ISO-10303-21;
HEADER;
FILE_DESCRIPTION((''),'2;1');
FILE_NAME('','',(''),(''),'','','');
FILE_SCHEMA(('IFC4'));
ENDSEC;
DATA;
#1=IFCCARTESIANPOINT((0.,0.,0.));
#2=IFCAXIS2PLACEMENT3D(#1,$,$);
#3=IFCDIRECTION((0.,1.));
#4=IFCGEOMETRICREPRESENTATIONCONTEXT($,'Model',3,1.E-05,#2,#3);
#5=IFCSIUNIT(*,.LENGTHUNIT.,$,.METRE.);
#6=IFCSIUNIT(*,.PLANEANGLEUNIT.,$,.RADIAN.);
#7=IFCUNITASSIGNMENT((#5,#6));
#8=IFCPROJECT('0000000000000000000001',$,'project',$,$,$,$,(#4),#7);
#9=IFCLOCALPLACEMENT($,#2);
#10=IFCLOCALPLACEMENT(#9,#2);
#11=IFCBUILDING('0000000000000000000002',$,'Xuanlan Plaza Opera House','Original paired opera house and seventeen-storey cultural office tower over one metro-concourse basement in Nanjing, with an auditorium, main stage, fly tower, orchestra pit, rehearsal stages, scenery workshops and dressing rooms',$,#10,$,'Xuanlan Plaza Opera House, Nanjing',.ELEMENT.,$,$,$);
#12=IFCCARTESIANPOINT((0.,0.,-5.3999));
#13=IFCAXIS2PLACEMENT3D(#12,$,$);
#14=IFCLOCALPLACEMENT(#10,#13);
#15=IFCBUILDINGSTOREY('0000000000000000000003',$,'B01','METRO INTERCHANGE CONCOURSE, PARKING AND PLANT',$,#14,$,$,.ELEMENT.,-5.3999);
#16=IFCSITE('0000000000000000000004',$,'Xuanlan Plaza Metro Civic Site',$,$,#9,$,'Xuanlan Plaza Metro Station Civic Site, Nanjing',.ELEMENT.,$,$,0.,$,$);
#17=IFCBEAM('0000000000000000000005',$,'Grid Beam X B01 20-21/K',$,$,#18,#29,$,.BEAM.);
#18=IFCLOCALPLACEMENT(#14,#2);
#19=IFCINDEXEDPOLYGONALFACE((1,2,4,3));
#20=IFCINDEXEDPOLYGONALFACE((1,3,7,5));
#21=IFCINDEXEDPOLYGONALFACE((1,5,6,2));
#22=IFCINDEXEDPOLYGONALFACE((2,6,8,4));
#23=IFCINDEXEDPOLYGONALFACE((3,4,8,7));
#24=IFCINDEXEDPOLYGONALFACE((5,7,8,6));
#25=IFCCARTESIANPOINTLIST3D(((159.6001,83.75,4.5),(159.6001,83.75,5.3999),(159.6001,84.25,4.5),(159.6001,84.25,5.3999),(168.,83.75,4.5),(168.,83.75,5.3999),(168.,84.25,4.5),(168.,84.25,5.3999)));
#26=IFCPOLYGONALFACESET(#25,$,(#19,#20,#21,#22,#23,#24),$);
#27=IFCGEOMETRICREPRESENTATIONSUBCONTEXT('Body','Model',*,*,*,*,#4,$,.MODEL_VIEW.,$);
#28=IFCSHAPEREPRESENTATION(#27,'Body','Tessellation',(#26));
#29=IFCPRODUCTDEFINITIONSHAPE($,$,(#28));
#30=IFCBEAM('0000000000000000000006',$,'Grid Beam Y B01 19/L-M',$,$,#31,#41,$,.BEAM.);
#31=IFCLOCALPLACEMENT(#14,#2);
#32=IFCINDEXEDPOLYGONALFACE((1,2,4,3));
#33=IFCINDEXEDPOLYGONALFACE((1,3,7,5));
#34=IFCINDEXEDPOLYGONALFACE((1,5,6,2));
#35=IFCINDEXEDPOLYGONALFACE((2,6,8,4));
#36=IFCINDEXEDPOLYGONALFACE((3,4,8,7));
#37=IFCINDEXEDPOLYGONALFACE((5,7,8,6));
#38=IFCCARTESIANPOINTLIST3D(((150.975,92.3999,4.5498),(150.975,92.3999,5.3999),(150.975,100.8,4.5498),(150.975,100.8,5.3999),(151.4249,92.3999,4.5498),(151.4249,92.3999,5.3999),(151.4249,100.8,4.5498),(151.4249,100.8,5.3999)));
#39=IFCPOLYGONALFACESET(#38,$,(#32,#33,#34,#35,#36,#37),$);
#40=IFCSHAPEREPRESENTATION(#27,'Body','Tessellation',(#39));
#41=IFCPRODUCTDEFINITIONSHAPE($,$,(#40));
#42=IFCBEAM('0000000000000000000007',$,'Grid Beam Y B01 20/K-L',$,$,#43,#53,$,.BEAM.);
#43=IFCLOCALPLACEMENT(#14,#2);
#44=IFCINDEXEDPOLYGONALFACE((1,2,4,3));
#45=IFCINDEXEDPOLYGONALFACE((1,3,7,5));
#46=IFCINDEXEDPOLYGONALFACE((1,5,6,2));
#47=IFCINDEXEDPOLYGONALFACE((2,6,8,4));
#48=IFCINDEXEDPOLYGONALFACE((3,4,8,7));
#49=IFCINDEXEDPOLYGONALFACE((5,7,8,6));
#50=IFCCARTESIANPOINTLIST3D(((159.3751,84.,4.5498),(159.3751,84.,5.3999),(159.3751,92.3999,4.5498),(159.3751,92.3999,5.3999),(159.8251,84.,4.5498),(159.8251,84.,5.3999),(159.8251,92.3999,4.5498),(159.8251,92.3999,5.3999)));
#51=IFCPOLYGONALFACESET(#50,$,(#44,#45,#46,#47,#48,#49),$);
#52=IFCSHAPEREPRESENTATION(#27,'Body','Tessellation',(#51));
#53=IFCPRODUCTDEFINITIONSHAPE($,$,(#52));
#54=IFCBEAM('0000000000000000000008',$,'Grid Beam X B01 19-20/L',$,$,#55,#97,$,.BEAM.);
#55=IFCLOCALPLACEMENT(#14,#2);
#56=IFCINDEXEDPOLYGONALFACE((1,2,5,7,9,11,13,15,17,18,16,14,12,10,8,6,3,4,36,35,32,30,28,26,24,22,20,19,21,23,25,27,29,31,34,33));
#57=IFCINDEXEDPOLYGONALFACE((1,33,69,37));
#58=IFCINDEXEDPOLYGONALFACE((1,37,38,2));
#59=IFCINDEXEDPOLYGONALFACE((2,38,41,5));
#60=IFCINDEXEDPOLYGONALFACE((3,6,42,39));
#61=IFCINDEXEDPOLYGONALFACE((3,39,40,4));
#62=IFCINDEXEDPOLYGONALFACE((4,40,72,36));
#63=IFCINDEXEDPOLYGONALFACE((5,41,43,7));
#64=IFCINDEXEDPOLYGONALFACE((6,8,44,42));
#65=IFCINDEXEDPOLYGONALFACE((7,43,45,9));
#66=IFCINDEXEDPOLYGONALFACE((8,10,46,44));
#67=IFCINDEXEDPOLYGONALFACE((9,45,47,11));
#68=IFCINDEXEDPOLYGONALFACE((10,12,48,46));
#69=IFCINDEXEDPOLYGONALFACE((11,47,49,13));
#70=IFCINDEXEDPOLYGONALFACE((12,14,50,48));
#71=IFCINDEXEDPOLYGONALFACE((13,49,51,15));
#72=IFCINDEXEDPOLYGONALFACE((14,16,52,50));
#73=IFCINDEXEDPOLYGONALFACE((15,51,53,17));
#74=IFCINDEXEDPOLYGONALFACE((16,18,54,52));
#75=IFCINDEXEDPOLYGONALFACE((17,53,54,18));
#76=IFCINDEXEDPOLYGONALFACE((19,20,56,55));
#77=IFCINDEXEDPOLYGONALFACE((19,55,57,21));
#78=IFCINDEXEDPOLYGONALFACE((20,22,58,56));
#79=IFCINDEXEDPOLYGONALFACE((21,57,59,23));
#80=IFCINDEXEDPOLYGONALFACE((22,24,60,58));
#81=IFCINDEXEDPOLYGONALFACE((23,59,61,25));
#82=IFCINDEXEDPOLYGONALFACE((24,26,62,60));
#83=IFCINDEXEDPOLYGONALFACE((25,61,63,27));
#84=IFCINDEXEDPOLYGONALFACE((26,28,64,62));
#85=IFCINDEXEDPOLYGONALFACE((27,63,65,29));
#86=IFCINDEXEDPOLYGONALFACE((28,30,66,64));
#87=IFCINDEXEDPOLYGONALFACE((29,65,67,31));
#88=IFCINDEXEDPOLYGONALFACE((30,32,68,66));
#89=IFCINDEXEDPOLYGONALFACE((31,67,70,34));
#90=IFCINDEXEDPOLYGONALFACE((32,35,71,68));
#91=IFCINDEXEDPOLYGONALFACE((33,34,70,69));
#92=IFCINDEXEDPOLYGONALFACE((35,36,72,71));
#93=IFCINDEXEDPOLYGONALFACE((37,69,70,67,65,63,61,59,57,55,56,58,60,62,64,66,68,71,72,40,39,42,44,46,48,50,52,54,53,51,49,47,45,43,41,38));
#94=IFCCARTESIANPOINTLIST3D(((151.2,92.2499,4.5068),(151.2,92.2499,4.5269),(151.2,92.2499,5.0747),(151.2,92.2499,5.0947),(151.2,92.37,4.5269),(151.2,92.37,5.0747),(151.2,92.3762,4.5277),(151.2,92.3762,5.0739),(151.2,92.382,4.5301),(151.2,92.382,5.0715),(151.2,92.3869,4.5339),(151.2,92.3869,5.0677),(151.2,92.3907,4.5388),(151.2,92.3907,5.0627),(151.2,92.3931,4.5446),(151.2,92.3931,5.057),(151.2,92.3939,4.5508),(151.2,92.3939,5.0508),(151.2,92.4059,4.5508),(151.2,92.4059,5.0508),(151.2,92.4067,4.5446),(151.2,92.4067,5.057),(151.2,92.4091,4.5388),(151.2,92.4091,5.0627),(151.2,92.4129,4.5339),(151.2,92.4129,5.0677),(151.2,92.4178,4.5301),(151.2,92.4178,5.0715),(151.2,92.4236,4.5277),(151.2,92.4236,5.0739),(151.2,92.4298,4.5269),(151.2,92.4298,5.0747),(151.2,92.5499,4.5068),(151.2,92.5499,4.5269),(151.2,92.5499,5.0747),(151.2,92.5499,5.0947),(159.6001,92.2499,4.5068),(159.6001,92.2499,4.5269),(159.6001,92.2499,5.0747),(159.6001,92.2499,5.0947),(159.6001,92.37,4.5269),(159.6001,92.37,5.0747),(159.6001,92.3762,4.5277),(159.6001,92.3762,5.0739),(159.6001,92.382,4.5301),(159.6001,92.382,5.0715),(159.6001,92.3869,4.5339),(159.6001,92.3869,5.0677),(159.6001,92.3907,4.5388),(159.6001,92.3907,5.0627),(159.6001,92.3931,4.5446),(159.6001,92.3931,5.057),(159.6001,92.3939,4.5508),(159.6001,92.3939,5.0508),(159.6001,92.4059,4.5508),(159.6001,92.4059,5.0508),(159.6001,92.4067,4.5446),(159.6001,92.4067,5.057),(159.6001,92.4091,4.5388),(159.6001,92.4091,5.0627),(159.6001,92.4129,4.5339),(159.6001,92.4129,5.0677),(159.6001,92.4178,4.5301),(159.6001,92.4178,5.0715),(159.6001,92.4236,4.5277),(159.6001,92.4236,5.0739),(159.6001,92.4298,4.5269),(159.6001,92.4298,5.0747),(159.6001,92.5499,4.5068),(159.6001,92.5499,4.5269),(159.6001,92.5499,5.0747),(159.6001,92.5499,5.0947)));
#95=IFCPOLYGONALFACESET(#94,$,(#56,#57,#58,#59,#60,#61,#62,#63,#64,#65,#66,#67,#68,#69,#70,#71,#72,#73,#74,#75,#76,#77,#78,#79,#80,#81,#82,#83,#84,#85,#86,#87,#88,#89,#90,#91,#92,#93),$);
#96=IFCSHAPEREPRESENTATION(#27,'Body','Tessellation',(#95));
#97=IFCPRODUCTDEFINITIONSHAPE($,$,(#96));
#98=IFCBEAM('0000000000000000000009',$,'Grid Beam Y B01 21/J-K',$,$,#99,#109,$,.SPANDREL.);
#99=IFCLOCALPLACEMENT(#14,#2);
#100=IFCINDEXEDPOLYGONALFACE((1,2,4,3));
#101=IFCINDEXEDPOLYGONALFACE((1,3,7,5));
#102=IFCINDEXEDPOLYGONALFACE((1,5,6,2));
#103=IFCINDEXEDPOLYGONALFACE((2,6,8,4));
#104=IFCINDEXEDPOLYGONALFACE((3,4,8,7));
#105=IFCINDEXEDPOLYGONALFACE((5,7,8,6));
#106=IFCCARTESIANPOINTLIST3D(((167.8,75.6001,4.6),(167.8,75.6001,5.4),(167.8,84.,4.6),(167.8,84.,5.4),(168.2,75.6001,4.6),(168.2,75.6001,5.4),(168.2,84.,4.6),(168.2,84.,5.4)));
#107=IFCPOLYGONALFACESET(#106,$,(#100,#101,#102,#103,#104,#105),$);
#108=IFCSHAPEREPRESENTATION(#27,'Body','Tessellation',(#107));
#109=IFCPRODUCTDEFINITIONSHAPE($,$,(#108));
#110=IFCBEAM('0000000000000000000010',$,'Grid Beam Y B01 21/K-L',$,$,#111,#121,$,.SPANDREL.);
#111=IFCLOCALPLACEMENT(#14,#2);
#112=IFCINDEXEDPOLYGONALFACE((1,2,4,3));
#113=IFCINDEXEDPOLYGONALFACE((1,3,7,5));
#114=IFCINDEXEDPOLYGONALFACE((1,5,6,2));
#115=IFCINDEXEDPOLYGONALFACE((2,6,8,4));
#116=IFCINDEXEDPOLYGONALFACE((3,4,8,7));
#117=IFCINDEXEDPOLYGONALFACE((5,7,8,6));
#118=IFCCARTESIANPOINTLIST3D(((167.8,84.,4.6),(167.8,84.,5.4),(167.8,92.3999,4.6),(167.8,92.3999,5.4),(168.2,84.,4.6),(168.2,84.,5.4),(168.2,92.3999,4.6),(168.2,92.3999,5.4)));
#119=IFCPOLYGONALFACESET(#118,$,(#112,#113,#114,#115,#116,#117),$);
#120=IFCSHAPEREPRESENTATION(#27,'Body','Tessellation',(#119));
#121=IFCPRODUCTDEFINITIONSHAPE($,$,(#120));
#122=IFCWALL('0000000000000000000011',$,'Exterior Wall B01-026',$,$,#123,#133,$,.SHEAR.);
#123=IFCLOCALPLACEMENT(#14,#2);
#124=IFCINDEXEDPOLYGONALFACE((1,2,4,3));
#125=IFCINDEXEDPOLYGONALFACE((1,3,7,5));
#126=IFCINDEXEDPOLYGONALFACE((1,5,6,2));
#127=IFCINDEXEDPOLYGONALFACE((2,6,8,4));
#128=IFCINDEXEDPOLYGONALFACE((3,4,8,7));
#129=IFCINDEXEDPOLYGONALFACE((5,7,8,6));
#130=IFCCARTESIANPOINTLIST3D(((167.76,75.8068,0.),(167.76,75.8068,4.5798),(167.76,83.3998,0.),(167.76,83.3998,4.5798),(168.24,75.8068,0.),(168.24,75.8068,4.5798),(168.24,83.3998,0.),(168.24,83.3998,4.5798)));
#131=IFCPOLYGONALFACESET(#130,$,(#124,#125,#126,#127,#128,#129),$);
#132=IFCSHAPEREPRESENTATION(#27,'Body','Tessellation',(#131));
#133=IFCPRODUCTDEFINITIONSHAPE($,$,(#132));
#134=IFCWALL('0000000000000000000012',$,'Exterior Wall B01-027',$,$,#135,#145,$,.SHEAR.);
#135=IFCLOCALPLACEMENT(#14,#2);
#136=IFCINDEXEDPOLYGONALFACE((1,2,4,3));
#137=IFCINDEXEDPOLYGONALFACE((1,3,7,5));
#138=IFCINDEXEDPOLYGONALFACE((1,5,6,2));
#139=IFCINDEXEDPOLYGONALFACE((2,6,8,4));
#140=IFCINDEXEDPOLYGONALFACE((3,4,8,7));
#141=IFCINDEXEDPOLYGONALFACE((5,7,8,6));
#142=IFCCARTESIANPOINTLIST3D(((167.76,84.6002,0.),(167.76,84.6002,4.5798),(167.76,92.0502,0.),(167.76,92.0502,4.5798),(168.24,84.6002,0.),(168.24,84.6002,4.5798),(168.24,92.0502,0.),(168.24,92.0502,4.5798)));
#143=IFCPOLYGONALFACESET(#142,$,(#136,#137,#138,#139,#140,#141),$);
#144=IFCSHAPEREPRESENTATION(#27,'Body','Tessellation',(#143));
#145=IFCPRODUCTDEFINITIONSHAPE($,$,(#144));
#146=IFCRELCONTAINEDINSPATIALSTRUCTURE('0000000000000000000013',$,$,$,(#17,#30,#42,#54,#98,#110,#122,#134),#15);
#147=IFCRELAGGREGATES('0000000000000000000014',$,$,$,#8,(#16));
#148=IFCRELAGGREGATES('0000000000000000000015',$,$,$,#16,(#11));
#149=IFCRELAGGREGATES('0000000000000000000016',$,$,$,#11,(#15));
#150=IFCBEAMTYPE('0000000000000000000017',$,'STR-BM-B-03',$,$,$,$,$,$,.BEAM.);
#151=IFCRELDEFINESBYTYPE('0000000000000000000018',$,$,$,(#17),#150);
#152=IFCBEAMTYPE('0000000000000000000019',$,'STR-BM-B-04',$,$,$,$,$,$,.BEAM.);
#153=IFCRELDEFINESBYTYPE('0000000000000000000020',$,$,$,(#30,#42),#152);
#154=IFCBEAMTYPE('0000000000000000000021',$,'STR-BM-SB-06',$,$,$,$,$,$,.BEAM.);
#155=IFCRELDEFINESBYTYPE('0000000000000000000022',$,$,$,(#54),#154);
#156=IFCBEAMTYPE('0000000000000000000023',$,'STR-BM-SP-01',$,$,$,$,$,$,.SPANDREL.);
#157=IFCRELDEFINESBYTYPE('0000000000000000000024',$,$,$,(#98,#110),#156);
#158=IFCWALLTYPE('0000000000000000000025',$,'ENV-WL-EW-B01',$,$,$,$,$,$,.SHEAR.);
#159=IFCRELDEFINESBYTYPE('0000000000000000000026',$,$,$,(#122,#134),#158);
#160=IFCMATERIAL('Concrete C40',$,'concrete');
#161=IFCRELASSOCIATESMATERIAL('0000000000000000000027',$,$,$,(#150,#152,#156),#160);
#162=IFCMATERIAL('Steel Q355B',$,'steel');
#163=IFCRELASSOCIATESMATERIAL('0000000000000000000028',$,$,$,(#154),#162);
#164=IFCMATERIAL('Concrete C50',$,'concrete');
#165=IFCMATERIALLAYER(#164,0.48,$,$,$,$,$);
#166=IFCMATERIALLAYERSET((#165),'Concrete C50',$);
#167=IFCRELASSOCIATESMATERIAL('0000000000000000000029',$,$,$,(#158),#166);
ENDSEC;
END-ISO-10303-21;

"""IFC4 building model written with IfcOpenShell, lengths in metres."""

from ifc_helpers import new_model, si_unit, direction, frame, frame_2d, origin, origin_2d, place, context, subcontext, project, spatial, rectangle, i_section, extrude, material, layer, layer_set, material_profile, profile_set, type_object, element, save


model = new_model("IFC4")

# Units and contexts
model_context = context("Model", 3, precision=1e-05, world=origin(), true_north=direction((0.0, 1.0)))
body_context = subcontext(model_context, "Body", "Model", "MODEL_VIEW")
ifc_project = project(units=[si_unit("LENGTHUNIT", "METRE"), si_unit("PLANEANGLEUNIT", "RADIAN")], contexts=[model_context])

# Site, building, storey
site_placement = place(None, origin())
site = spatial("IfcSite", under=ifc_project, at=site_placement, Name="Xuanlan Plaza Metro Civic Site", LongName="Xuanlan Plaza Metro Station Civic Site, Nanjing", CompositionType="ELEMENT", RefElevation=0.0)
building_placement = place(site_placement, origin())
building = spatial("IfcBuilding", under=site, at=building_placement, Name="Xuanlan Plaza Opera House", Description="Original paired opera house and seventeen-storey cultural office tower over one metro-concourse basement in Nanjing, with an auditorium, main stage, fly tower, orchestra pit, rehearsal stages, scenery workshops and dressing rooms", LongName="Xuanlan Plaza Opera House, Nanjing", CompositionType="ELEMENT")
storey_placement = place(building_placement, frame((0.0, 0.0, -5.3999)))
storey = spatial("IfcBuildingStorey", under=building, at=storey_placement, Name="B01", Description="METRO INTERCHANGE CONCOURSE, PARKING AND PLANT", CompositionType="ELEMENT", Elevation=-5.3999)

# Shared definitions
ifc_material_1 = material(Name="Concrete C40", Category="concrete")
ifc_material_2 = material(Name="Concrete C50", Category="concrete")

# Beams
ifc_material_profile_1 = material_profile(ifc_material_1, rectangle(XDim=0.5, YDim=0.8999, at=origin_2d()), Name="RC-BM 500x900")
ifc_profile_set_1 = profile_set([ifc_material_profile_1], Name="Concrete C40")
beam_type_1 = type_object("IfcBeamType", Name="STR-BM-B-03", PredefinedType="BEAM", material=ifc_profile_set_1)
beam_1_placement = place(storey_placement, frame((159.6001, 84.0, 4.95), z_axis=(1.0, 0.0, 0.0), x_axis=(0.0, 1.0, 0.0)))
element("IfcBeam", 1, at=beam_1_placement, inside=storey, type_object=beam_type_1, Name="Grid Beam X B01 20-21/K", PredefinedType="BEAM", context=body_context, shape_type="SweptSolid", body=[
    extrude(rectangle(XDim=0.5, YDim=0.8999, at=origin_2d()), origin(), (0.0, 0.0, 1.0), 8.3999),
])
ifc_material_profile_2 = material_profile(ifc_material_1, rectangle(XDim=0.45, YDim=0.8501, at=origin_2d()), Name="RC-BM 450x850")
ifc_profile_set_2 = profile_set([ifc_material_profile_2], Name="Concrete C40")
beam_type_2 = type_object("IfcBeamType", Name="STR-BM-B-04", PredefinedType="BEAM", material=ifc_profile_set_2)
beam_2_placement = place(storey_placement, frame((151.2, 92.3999, 4.9749), z_axis=(0.0, 1.0, 0.0), x_axis=(-1.0, 0.0, 0.0)))
element("IfcBeam", 2, at=beam_2_placement, inside=storey, type_object=beam_type_2, Name="Grid Beam Y B01 19/L-M", PredefinedType="BEAM", context=body_context, shape_type="SweptSolid", body=[
    extrude(rectangle(XDim=0.45, YDim=0.8501, at=origin_2d()), origin(), (0.0, 0.0, 1.0), 8.4001),
])
beam_3_placement = place(storey_placement, frame((159.6001, 84.0, 4.9749), z_axis=(0.0, 1.0, 0.0), x_axis=(-1.0, 0.0, 0.0)))
element("IfcBeam", 3, at=beam_3_placement, inside=storey, type_object=beam_type_2, Name="Grid Beam Y B01 20/K-L", PredefinedType="BEAM", context=body_context, shape_type="SweptSolid", body=[
    extrude(rectangle(XDim=0.45, YDim=0.8501, at=origin_2d()), origin(), (0.0, 0.0, 1.0), 8.3999),
])
ifc_material_3 = material(Name="Steel Q355B", Category="steel")
ifc_material_profile_3 = material_profile(ifc_material_3, i_section(OverallWidth=0.3, OverallDepth=0.5879, WebThickness=0.012, FlangeThickness=0.02, FilletRadius=0.0239, at=origin_2d()), Name="HM 588x300x12x20")
ifc_profile_set_3 = profile_set([ifc_material_profile_3], Name="Steel Q355B")
beam_type_3 = type_object("IfcBeamType", Name="STR-BM-SB-06", PredefinedType="BEAM", material=ifc_profile_set_3)
beam_4_placement = place(storey_placement, frame((151.2, 92.3999, 4.8008), z_axis=(1.0, 0.0, 0.0), x_axis=(0.0, 1.0, 0.0)))
element("IfcBeam", 4, at=beam_4_placement, inside=storey, type_object=beam_type_3, Name="Grid Beam X B01 19-20/L", PredefinedType="BEAM", context=body_context, shape_type="SweptSolid", body=[
    extrude(i_section(OverallWidth=0.3, OverallDepth=0.5879, WebThickness=0.012, FlangeThickness=0.02, FilletRadius=0.0239, at=origin_2d()), origin(), (0.0, 0.0, 1.0), 8.4001),
])
ifc_material_profile_4 = material_profile(ifc_material_1, rectangle(XDim=0.3999, YDim=0.8, at=origin_2d()), Name="RC-SPD 400x800")
ifc_profile_set_4 = profile_set([ifc_material_profile_4], Name="Concrete C40")
beam_type_4 = type_object("IfcBeamType", Name="STR-BM-SP-01", PredefinedType="SPANDREL", material=ifc_profile_set_4)
for number, where, z_axis, x_axis, name in (
    (5, (168.0, 75.6001, 5.0), (0.0, 1.0, 0.0), (-1.0, 0.0, 0.0), "Grid Beam Y B01 21/J-K"),
    (6, (168.0, 84.0, 5.0), (0.0, 1.0, 0.0), (-1.0, 0.0, 0.0), "Grid Beam Y B01 21/K-L"),
):
    element("IfcBeam", number, at=place(storey_placement, frame(where, z_axis=z_axis, x_axis=x_axis)), inside=storey, type_object=beam_type_4, Name=name, PredefinedType="SPANDREL", context=body_context, shape_type="SweptSolid", body=[
        extrude(rectangle(XDim=0.3999, YDim=0.8, at=origin_2d()), origin(), (0.0, 0.0, 1.0), 8.3999),
    ])

# Walls
ifc_layer = layer(ifc_material_2, 0.48)
ifc_layer_set = layer_set([ifc_layer], Name="Concrete C50")
wall_type = type_object("IfcWallType", Name="ENV-WL-EW-B01", PredefinedType="SHEAR", material=ifc_layer_set)
wall_1_placement = place(storey_placement, frame((168.0, 75.8069, 0.0), z_axis=(0.0, 0.0, 1.0), x_axis=(0.0, 1.0, 0.0)))
element("IfcWall", 7, at=wall_1_placement, inside=storey, type_object=wall_type, Name="Exterior Wall B01-026", PredefinedType="SHEAR", context=body_context, shape_type="SweptSolid", body=[
    extrude(rectangle(XDim=7.593, YDim=0.48, at=frame_2d((3.7964, 0.0))), origin(), (0.0, 0.0, 1.0), 4.5798),
])
wall_2_placement = place(storey_placement, frame((168.0, 84.6001, 0.0), z_axis=(0.0, 0.0, 1.0), x_axis=(0.0, 1.0, 0.0)))
element("IfcWall", 8, at=wall_2_placement, inside=storey, type_object=wall_type, Name="Exterior Wall B01-027", PredefinedType="SHEAR", context=body_context, shape_type="SweptSolid", body=[
    extrude(rectangle(XDim=7.45, YDim=0.48, at=frame_2d((3.7251, 0.0))), origin(), (0.0, 0.0, 1.0), 4.5798),
])

save(model, "model.ifc")
